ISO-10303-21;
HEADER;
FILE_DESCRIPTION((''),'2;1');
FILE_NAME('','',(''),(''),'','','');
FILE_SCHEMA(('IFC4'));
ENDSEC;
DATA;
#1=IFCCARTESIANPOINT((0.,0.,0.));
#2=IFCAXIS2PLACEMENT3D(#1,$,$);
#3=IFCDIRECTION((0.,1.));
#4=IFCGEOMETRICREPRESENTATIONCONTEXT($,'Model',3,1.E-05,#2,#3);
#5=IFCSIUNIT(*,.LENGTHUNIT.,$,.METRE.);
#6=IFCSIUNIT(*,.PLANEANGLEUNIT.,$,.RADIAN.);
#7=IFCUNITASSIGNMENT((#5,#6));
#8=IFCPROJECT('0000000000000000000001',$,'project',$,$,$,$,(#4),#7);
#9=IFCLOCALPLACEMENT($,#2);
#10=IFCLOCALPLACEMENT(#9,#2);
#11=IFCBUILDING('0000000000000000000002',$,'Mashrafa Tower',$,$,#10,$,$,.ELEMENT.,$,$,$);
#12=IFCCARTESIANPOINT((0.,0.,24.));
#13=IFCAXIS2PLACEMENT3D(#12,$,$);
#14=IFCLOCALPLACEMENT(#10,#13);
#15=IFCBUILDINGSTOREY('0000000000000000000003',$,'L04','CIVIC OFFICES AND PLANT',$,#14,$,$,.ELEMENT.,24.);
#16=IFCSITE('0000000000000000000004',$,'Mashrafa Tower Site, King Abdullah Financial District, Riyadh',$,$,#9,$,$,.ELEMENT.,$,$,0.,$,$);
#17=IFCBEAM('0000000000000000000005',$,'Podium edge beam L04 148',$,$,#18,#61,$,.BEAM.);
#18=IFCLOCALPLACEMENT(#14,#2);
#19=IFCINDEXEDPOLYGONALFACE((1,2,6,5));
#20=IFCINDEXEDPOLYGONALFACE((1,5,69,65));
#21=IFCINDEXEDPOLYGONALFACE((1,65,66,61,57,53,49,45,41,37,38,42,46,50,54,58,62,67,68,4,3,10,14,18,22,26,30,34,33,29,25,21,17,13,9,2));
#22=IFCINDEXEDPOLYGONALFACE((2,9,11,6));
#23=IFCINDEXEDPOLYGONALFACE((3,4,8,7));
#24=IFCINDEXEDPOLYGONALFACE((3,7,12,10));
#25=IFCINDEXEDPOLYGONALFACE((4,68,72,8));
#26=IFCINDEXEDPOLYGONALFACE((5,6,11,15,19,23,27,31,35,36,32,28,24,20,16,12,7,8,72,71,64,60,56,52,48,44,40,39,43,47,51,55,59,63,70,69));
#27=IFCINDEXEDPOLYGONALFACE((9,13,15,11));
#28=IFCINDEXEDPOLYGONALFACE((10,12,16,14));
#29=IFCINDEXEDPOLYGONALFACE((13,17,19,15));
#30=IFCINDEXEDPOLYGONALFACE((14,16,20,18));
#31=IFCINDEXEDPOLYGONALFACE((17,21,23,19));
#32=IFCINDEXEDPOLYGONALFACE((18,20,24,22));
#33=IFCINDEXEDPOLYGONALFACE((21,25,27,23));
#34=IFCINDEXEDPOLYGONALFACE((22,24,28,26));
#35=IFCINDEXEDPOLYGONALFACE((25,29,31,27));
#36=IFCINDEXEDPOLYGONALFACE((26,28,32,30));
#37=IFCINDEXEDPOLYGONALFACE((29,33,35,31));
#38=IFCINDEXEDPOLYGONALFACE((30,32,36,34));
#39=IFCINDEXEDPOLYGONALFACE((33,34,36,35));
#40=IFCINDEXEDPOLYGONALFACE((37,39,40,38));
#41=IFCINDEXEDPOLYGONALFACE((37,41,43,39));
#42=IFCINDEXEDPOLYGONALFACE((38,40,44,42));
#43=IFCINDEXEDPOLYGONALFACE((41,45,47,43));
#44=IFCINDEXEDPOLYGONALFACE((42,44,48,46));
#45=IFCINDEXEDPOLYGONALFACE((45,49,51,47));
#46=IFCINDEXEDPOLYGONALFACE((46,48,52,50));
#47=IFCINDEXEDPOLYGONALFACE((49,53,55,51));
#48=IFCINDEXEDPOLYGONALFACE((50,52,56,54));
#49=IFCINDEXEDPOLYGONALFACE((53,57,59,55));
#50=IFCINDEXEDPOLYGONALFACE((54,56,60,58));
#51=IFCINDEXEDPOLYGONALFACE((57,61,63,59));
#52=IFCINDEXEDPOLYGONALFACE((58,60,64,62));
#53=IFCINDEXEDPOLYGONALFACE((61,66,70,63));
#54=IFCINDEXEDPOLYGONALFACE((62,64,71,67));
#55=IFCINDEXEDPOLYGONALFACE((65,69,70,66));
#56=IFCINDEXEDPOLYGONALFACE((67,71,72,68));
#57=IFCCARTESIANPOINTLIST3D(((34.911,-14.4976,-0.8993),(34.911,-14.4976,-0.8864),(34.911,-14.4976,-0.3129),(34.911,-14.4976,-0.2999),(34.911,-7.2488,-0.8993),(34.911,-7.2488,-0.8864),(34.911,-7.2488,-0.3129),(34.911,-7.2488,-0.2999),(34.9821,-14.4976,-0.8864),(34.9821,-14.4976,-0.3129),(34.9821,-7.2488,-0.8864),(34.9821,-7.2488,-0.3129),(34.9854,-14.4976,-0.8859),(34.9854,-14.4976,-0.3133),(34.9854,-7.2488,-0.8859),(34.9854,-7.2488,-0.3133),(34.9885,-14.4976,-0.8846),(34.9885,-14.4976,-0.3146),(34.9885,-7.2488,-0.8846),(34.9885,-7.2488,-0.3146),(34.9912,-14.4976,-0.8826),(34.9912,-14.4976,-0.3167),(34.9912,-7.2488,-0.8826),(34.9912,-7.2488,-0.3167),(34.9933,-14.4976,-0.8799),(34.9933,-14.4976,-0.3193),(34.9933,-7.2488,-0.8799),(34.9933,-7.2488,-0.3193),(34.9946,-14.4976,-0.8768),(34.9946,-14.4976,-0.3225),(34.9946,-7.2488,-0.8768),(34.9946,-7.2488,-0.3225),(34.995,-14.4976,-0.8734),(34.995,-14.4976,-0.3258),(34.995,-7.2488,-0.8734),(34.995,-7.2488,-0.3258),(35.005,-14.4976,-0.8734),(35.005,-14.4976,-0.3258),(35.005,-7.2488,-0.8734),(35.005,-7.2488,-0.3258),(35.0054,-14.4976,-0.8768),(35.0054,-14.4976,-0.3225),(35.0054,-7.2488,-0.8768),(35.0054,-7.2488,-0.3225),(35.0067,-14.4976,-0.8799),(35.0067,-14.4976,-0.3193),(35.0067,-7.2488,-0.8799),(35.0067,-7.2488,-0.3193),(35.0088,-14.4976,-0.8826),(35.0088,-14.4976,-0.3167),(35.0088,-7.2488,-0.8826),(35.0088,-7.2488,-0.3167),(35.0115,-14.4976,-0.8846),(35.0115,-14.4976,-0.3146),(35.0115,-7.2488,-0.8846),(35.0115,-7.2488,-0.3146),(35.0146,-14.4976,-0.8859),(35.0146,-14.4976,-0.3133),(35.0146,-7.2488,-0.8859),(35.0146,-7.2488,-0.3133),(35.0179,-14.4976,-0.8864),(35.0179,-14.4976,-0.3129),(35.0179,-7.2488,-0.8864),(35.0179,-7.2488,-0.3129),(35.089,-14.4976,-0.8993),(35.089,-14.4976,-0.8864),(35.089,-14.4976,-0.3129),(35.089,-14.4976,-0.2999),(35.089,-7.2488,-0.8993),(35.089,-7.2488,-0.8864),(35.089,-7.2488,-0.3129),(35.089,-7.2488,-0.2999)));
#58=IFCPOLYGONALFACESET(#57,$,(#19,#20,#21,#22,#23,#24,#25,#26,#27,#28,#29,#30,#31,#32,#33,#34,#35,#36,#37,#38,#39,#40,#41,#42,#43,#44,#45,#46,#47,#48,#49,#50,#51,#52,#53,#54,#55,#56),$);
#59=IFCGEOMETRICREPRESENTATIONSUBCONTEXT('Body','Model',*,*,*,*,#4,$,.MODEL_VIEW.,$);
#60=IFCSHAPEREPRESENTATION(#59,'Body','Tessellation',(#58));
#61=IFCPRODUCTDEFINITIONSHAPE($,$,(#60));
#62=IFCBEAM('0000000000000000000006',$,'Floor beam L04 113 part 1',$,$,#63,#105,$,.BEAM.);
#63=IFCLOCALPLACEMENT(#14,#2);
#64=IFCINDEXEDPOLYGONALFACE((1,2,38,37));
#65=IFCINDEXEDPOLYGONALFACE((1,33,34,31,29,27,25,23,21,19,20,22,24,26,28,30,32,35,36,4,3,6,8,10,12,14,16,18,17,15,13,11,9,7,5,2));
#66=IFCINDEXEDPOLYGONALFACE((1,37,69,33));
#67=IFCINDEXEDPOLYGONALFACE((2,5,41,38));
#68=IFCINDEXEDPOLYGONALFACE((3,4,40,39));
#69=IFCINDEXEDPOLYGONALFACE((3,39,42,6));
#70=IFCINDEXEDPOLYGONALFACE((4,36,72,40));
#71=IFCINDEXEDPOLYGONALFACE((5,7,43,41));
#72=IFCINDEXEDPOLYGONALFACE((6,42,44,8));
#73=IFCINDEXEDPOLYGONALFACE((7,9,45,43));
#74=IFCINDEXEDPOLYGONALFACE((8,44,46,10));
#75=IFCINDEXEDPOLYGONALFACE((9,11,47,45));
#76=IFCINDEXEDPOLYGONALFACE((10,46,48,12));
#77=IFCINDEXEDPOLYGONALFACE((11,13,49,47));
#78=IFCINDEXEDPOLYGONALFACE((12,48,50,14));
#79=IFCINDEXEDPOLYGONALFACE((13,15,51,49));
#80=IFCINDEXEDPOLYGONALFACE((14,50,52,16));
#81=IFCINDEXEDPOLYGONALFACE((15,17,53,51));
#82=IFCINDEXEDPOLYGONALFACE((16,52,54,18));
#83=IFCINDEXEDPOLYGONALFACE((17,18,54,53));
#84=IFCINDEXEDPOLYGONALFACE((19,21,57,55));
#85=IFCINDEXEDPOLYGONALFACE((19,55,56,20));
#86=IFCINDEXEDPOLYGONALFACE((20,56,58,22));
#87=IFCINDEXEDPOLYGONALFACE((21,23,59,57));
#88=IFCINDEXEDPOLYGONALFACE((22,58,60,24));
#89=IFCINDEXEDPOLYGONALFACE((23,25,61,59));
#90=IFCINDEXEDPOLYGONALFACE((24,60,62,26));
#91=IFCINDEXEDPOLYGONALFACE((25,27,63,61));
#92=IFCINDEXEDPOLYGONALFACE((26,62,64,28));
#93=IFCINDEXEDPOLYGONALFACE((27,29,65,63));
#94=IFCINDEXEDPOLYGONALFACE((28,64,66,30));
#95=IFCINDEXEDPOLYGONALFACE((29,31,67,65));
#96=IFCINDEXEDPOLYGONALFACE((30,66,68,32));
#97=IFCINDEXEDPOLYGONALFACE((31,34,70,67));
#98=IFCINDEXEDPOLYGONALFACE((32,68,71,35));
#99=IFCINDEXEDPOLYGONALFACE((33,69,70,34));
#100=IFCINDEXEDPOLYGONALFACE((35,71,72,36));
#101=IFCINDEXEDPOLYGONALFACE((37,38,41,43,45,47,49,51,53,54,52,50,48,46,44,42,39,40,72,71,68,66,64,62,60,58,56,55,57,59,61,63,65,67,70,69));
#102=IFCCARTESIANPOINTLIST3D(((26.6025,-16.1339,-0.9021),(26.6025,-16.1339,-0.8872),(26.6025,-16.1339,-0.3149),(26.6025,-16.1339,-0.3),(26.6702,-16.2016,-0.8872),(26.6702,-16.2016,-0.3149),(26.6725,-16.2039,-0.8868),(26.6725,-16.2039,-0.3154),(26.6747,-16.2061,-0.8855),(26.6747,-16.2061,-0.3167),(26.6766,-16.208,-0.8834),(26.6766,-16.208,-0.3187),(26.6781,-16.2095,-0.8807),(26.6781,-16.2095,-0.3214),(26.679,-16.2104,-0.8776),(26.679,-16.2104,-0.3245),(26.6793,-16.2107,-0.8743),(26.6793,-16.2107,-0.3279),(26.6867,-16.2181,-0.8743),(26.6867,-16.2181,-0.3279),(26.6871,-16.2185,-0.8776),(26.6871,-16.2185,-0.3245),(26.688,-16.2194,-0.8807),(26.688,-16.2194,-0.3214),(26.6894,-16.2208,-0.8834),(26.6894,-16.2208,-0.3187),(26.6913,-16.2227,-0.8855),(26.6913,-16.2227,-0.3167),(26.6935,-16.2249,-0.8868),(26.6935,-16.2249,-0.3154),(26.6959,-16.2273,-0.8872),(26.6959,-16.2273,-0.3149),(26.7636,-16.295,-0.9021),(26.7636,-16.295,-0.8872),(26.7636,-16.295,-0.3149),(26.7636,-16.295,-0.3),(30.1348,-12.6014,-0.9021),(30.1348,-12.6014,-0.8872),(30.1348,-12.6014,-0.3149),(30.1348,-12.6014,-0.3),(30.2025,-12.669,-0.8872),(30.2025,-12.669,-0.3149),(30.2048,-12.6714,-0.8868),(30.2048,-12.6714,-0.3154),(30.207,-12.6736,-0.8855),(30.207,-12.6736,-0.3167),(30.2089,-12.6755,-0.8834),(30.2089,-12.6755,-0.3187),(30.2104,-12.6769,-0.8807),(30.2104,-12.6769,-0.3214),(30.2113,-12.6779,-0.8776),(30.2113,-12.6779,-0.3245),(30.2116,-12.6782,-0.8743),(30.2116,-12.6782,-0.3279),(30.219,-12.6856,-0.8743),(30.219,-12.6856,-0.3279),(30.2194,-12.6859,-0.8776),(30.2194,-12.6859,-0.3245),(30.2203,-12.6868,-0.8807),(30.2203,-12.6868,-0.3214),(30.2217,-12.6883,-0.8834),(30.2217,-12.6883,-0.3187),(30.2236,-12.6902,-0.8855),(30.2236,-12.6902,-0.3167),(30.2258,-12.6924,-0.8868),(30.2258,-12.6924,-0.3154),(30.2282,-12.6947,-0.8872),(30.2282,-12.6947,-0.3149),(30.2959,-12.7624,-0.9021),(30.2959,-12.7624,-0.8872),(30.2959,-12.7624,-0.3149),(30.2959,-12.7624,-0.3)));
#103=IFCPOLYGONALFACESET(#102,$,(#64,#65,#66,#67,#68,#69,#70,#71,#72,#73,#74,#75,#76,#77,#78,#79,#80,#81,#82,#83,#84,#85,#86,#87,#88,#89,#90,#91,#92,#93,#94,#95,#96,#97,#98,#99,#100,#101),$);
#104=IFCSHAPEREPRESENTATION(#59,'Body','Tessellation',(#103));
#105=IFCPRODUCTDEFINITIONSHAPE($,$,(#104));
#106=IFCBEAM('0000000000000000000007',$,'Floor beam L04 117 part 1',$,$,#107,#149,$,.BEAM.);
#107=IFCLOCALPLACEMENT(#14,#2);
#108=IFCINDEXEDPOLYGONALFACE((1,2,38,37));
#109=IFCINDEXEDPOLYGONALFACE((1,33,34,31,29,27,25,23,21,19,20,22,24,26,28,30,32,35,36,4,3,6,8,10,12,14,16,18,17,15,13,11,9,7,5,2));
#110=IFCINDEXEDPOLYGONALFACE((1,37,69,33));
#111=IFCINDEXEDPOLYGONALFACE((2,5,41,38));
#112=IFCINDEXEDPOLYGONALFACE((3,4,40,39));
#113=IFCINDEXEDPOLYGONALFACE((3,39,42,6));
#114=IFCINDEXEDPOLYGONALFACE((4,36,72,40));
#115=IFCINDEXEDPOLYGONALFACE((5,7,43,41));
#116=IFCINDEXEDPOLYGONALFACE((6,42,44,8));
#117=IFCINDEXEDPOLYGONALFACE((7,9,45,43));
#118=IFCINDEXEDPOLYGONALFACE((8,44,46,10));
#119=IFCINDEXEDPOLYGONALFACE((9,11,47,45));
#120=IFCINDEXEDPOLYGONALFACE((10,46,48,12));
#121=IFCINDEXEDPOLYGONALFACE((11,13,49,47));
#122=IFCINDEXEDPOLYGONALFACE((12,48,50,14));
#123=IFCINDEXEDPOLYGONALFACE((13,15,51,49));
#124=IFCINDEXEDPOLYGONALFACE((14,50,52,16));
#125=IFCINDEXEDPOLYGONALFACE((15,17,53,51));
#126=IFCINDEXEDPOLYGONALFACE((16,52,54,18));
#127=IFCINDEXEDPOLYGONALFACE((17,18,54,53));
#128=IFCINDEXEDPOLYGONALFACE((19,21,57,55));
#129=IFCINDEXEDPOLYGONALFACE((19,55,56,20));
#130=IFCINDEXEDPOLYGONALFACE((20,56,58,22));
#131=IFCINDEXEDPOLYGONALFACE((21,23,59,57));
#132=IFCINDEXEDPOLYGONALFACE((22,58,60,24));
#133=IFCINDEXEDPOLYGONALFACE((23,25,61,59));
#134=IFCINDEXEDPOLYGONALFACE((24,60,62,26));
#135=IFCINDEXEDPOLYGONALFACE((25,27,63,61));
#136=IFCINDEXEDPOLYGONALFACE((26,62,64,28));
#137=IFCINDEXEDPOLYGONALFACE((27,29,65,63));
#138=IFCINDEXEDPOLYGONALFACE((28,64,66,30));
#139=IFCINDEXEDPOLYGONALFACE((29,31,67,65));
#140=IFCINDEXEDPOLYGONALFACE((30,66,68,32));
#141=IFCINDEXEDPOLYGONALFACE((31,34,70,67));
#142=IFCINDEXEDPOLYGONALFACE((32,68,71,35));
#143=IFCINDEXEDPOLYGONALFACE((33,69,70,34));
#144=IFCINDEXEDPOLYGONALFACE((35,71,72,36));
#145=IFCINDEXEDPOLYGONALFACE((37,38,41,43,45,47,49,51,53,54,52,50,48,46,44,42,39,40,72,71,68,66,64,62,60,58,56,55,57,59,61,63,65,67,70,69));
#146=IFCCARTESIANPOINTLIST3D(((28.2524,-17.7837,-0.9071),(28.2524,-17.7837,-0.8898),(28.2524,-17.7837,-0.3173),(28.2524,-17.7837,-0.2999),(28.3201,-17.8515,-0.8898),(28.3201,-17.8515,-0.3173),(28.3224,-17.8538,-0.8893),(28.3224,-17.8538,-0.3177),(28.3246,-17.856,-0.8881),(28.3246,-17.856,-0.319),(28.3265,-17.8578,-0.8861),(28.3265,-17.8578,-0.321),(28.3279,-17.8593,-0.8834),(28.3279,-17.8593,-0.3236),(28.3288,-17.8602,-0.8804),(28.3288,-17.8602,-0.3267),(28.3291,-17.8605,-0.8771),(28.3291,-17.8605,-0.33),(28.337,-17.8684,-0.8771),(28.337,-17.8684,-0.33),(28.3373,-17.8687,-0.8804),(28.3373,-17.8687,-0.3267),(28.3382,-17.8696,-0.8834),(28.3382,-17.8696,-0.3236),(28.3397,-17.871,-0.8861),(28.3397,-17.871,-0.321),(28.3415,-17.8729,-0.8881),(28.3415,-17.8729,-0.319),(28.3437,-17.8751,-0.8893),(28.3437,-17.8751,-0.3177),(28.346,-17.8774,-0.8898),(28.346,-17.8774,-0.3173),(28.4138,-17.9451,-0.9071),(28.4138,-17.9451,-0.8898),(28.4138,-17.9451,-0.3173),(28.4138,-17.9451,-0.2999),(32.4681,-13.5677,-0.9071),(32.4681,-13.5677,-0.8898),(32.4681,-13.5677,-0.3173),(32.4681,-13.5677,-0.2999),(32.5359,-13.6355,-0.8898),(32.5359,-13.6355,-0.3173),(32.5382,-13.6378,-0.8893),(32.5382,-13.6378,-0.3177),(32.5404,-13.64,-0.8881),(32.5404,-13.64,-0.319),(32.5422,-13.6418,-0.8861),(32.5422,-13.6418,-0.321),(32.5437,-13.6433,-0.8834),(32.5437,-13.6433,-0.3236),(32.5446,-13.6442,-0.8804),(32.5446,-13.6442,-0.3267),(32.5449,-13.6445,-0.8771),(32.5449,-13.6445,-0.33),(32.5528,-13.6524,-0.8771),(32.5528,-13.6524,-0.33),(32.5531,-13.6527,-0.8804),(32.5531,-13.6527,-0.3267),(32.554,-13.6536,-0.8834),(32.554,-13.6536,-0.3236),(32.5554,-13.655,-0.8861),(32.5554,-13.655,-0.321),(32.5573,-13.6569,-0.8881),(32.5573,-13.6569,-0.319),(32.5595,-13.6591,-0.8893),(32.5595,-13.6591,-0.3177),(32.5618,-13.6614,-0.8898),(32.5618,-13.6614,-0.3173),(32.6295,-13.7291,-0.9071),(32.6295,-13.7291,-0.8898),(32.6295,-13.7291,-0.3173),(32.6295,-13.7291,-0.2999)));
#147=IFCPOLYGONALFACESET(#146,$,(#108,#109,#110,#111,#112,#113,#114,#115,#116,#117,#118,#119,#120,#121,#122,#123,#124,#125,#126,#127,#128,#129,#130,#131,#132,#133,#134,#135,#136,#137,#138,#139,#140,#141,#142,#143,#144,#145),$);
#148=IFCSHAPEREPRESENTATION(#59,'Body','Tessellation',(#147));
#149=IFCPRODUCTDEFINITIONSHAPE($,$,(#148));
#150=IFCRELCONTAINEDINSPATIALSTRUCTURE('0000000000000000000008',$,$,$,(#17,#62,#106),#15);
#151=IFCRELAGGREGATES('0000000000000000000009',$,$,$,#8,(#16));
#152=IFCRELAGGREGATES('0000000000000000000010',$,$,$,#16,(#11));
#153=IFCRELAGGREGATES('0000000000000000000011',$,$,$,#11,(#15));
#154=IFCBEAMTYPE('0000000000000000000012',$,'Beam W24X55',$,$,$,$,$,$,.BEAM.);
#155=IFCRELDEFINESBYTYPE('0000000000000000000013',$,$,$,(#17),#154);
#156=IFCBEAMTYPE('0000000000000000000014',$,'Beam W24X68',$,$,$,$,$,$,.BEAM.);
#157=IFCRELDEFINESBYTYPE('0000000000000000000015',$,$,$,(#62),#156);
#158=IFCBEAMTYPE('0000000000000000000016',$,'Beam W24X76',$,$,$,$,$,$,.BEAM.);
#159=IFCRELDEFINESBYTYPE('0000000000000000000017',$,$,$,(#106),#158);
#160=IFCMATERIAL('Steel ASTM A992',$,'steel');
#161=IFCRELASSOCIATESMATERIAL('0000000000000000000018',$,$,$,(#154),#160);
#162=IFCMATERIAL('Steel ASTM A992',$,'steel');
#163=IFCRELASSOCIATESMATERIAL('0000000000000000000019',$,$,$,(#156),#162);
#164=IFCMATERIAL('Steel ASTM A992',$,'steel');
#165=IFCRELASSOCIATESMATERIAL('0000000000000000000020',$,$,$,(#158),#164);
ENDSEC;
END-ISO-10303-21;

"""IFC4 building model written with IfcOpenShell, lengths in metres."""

from ifc_helpers import new_model, si_unit, direction, frame, origin, origin_2d, place, context, subcontext, project, spatial, i_section, extrude, material, material_profile, profile_set, type_object, element, save


model = new_model("IFC4")

# Units and contexts
model_context = context("Model", 3, precision=1e-05, world=origin(), true_north=direction((0.0, 1.0)))
body_context = subcontext(model_context, "Body", "Model", "MODEL_VIEW")
ifc_project = project(units=[si_unit("LENGTHUNIT", "METRE"), si_unit("PLANEANGLEUNIT", "RADIAN")], contexts=[model_context])

# Site, building, storey
site_placement = place(None, origin())
site = spatial("IfcSite", under=ifc_project, at=site_placement, Name="Mashrafa Tower Site, King Abdullah Financial District, Riyadh", CompositionType="ELEMENT", RefElevation=0.0)
building_placement = place(site_placement, origin())
building = spatial("IfcBuilding", under=site, at=building_placement, Name="Mashrafa Tower", CompositionType="ELEMENT")
storey_placement = place(building_placement, frame((0.0, 0.0, 24.0)))
storey = spatial("IfcBuildingStorey", under=building, at=storey_placement, Name="L04", Description="CIVIC OFFICES AND PLANT", CompositionType="ELEMENT", Elevation=24.0)

# Beams
ifc_material_1 = material(Name="Steel ASTM A992", Category="steel")
ifc_material_profile_1 = material_profile(ifc_material_1, i_section(OverallWidth=0.178, OverallDepth=0.5994, WebThickness=0.01, FlangeThickness=0.0129, FilletRadius=0.0129, at=origin_2d()), Name="W24X55")
ifc_profile_set_1 = profile_set([ifc_material_profile_1], Name="Steel ASTM A992")
beam_type_1 = type_object("IfcBeamType", Name="Beam W24X55", PredefinedType="BEAM", material=ifc_profile_set_1)
beam_1_placement = place(storey_placement, frame((35.0, -14.4976, -0.5996), z_axis=(0.0, 1.0, 0.0), x_axis=(-1.0, 0.0, 0.0)))
element("IfcBeam", 1, at=beam_1_placement, inside=storey, type_object=beam_type_1, Name="Podium edge beam L04 148", PredefinedType="BEAM", context=body_context, shape_type="SweptSolid", body=[
    extrude(i_section(OverallWidth=0.178, OverallDepth=0.5994, WebThickness=0.01, FlangeThickness=0.0129, FilletRadius=0.0129, at=origin_2d()), origin(), (0.0, 0.0, 1.0), 7.2488),
])
ifc_material_2 = material(Name="Steel ASTM A992", Category="steel")
ifc_material_profile_2 = material_profile(ifc_material_2, i_section(OverallWidth=0.2278, OverallDepth=0.6021, WebThickness=0.0105, FlangeThickness=0.0149, FilletRadius=0.0129, at=origin_2d()), Name="W24X68")
ifc_profile_set_2 = profile_set([ifc_material_profile_2], Name="Steel ASTM A992")
beam_type_2 = type_object("IfcBeamType", Name="Beam W24X68", PredefinedType="BEAM", material=ifc_profile_set_2)
beam_2_placement = place(storey_placement, frame((30.2153, -12.6819, -0.6011), z_axis=(-0.707082, -0.707131, 0.0), x_axis=(0.707131, -0.707082, 0.0)))
element("IfcBeam", 2, at=beam_2_placement, inside=storey, type_object=beam_type_2, Name="Floor beam L04 113 part 1", PredefinedType="BEAM", context=body_context, shape_type="SweptSolid", body=[
    extrude(i_section(OverallWidth=0.2278, OverallDepth=0.6021, WebThickness=0.0105, FlangeThickness=0.0149, FilletRadius=0.0129, at=origin_2d()), origin(), (0.0, 0.0, 1.0), 4.9956),
])
ifc_material_3 = material(Name="Steel ASTM A992", Category="steel")
ifc_material_profile_3 = material_profile(ifc_material_3, i_section(OverallWidth=0.2283, OverallDepth=0.6072, WebThickness=0.0112, FlangeThickness=0.0173, FilletRadius=0.0127, at=origin_2d()), Name="W24X76")
ifc_profile_set_3 = profile_set([ifc_material_profile_3], Name="Steel ASTM A992")
beam_type_3 = type_object("IfcBeamType", Name="Beam W24X76", PredefinedType="BEAM", material=ifc_profile_set_3)
beam_3_placement = place(storey_placement, frame((32.5488, -13.6484, -0.6035), z_axis=(-0.707086, -0.707127, 0.0), x_axis=(0.707127, -0.707086, 0.0)))
element("IfcBeam", 3, at=beam_3_placement, inside=storey, type_object=beam_type_3, Name="Floor beam L04 117 part 1", PredefinedType="BEAM", context=body_context, shape_type="SweptSolid", body=[
    extrude(i_section(OverallWidth=0.2283, OverallDepth=0.6072, WebThickness=0.0112, FlangeThickness=0.0173, FilletRadius=0.0127, at=origin_2d()), origin(), (0.0, 0.0, 1.0), 5.9622),
])

save(model, "model.ifc")
